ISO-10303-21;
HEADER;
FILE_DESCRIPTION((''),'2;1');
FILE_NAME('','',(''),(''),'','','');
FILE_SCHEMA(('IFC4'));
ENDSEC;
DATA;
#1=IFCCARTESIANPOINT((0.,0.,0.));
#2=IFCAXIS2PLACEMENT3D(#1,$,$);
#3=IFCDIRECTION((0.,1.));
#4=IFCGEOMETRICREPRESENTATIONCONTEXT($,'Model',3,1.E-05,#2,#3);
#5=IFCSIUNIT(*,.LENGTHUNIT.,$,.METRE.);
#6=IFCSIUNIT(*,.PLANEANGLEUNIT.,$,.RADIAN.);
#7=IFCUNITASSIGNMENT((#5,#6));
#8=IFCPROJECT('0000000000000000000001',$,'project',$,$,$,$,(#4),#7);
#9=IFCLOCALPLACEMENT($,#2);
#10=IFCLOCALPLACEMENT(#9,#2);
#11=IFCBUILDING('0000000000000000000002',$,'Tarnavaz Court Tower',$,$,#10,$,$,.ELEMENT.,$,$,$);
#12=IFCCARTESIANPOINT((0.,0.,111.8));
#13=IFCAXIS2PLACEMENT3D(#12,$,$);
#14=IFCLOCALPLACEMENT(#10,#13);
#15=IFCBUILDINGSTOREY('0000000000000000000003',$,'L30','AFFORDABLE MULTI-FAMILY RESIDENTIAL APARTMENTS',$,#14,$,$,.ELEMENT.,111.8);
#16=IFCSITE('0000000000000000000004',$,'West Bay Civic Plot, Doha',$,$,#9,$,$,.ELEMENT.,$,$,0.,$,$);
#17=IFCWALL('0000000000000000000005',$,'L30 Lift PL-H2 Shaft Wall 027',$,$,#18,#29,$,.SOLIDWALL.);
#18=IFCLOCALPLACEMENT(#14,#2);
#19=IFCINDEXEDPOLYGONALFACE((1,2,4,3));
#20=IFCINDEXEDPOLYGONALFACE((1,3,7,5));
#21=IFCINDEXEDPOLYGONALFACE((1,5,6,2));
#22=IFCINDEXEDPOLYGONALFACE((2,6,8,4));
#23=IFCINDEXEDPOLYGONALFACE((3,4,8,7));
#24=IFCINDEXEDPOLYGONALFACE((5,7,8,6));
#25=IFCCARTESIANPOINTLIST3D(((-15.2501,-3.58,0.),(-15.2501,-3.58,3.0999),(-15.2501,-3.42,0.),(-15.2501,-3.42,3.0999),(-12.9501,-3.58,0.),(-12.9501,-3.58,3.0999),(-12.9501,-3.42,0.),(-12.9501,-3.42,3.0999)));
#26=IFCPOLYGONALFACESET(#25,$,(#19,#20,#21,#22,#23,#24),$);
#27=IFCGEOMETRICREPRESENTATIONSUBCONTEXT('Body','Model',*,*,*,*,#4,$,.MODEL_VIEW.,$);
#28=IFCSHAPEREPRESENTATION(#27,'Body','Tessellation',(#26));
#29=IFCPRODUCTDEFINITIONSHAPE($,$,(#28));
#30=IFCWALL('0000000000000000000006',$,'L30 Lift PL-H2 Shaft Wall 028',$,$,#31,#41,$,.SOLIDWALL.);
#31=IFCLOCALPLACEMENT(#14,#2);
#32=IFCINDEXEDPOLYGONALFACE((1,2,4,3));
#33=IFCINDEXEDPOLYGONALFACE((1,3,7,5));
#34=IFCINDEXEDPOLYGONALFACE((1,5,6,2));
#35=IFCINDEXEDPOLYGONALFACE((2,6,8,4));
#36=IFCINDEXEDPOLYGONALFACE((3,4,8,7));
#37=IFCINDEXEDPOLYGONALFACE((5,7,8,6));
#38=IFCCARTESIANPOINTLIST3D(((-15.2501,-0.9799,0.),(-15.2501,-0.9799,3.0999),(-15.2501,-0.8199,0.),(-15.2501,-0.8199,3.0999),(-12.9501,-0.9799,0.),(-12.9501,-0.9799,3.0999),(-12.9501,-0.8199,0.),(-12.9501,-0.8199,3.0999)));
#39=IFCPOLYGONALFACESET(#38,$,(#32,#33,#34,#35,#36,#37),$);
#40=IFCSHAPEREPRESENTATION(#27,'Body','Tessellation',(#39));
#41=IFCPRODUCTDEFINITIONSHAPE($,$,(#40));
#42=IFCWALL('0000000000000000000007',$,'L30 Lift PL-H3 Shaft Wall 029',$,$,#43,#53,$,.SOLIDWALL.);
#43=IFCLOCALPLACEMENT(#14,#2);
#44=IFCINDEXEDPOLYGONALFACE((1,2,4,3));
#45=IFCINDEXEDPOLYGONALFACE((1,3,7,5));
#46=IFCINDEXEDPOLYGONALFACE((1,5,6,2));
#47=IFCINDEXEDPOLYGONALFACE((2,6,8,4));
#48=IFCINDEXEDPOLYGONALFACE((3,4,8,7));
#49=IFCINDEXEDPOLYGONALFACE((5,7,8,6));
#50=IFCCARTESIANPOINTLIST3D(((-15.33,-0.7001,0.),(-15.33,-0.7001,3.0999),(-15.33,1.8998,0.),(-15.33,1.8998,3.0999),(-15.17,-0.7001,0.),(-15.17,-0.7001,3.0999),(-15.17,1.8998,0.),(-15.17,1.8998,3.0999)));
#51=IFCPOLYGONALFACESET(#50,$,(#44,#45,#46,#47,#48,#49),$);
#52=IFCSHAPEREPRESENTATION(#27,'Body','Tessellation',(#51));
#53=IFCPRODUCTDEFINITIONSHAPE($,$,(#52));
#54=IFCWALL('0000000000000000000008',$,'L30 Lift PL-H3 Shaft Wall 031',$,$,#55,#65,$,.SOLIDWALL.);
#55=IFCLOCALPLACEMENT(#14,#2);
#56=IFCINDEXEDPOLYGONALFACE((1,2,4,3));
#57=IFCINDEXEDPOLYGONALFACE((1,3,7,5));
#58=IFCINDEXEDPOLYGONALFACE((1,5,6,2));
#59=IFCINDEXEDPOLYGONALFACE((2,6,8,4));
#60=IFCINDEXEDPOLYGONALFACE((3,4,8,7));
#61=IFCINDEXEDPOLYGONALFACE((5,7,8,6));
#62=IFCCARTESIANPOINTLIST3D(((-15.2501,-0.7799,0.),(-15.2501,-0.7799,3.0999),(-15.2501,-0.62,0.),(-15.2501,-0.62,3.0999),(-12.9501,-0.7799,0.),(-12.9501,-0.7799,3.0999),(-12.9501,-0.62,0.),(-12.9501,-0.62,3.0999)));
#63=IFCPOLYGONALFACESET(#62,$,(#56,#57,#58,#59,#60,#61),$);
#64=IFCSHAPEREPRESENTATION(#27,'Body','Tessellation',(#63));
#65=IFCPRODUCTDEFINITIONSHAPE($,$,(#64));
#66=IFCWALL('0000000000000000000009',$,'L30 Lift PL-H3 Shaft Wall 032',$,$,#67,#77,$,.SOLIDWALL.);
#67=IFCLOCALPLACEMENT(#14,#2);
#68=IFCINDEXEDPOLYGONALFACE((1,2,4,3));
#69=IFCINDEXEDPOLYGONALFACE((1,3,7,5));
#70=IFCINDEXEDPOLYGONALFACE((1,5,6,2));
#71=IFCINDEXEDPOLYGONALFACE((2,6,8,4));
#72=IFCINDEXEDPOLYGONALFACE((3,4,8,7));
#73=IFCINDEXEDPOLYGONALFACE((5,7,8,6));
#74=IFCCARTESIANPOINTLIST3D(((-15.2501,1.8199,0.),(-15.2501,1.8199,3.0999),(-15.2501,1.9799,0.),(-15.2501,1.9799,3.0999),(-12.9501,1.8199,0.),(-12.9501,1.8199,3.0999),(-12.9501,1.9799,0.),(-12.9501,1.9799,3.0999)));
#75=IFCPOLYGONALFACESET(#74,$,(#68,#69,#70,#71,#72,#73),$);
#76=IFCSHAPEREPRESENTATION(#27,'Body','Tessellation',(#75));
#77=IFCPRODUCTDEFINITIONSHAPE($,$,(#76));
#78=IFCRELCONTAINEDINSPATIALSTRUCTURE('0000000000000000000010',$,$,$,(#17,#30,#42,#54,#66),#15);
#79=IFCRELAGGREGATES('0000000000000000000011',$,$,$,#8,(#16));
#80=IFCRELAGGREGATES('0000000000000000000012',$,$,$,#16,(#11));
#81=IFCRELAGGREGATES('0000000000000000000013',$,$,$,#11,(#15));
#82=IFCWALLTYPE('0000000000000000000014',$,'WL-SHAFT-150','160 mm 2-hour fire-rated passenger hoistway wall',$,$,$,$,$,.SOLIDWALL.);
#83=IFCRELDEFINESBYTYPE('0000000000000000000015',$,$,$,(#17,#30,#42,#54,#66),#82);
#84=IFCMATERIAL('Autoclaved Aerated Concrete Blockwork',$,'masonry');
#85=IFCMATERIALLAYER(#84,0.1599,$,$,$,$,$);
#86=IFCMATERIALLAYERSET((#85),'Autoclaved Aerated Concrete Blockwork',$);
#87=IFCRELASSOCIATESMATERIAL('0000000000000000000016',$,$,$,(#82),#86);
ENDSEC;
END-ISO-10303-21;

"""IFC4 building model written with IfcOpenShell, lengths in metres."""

from ifc_helpers import new_model, si_unit, direction, frame, frame_2d, origin, place, context, subcontext, project, spatial, rectangle, extrude, material, layer, layer_set, type_object, element, save


model = new_model("IFC4")

# Units and contexts
model_context = context("Model", 3, precision=1e-05, world=origin(), true_north=direction((0.0, 1.0)))
body_context = subcontext(model_context, "Body", "Model", "MODEL_VIEW")
ifc_project = project(units=[si_unit("LENGTHUNIT", "METRE"), si_unit("PLANEANGLEUNIT", "RADIAN")], contexts=[model_context])

# Site, building, storey
site_placement = place(None, origin())
site = spatial("IfcSite", under=ifc_project, at=site_placement, Name="West Bay Civic Plot, Doha", CompositionType="ELEMENT", RefElevation=0.0)
building_placement = place(site_placement, origin())
building = spatial("IfcBuilding", under=site, at=building_placement, Name="Tarnavaz Court Tower", CompositionType="ELEMENT")
storey_placement = place(building_placement, frame((0.0, 0.0, 111.8)))
storey = spatial("IfcBuildingStorey", under=building, at=storey_placement, Name="L30", Description="AFFORDABLE MULTI-FAMILY RESIDENTIAL APARTMENTS", CompositionType="ELEMENT", Elevation=111.8)

# Walls
ifc_material_1 = material(Name="Autoclaved Aerated Concrete Blockwork", Category="masonry")
ifc_layer_1 = layer(ifc_material_1, 0.1599)
ifc_layer_set_1 = layer_set([ifc_layer_1], Name="Autoclaved Aerated Concrete Blockwork")
wall_type_1 = type_object("IfcWallType", Name="WL-SHAFT-150", Description="160 mm 2-hour fire-rated passenger hoistway wall", PredefinedType="SOLIDWALL", material=ifc_layer_set_1)
for number, where, z_axis, x_axis, name in (
    (1, (-15.25, -3.5, 0.0), (0.0, 0.0, 1.0), (1.0, 0.0, 0.0), "L30 Lift PL-H2 Shaft Wall 027"),
    (2, (-15.25, -0.8999, 0.0), (0.0, 0.0, 1.0), (1.0, 0.0, 0.0), "L30 Lift PL-H2 Shaft Wall 028"),
):
    element("IfcWall", number, at=place(storey_placement, frame(where, z_axis=z_axis, x_axis=x_axis)), inside=storey, type_object=wall_type_1, Name=name, PredefinedType="SOLIDWALL", context=body_context, shape_type="SweptSolid", body=[
        extrude(rectangle(XDim=2.3, YDim=0.1599, at=frame_2d((1.1499, 0.0))), origin(), (0.0, 0.0, 1.0), 3.0999),
    ])
wall_1_placement = place(storey_placement, frame((-15.25, -0.7, 0.0), z_axis=(0.0, 0.0, 1.0), x_axis=(0.0, 1.0, 0.0)))
element("IfcWall", 3, at=wall_1_placement, inside=storey, type_object=wall_type_1, Name="L30 Lift PL-H3 Shaft Wall 029", PredefinedType="SOLIDWALL", context=body_context, shape_type="SweptSolid", body=[
    extrude(rectangle(XDim=2.5999, YDim=0.1599, at=frame_2d((1.2998, 0.0))), origin(), (0.0, 0.0, 1.0), 3.0999),
])
for number, where, z_axis, x_axis, name in (
    (4, (-15.25, -0.7, 0.0), (0.0, 0.0, 1.0), (1.0, 0.0, 0.0), "L30 Lift PL-H3 Shaft Wall 031"),
    (5, (-15.25, 1.8999, 0.0), (0.0, 0.0, 1.0), (1.0, 0.0, 0.0), "L30 Lift PL-H3 Shaft Wall 032"),
):
    element("IfcWall", number, at=place(storey_placement, frame(where, z_axis=z_axis, x_axis=x_axis)), inside=storey, type_object=wall_type_1, Name=name, PredefinedType="SOLIDWALL", context=body_context, shape_type="SweptSolid", body=[
        extrude(rectangle(XDim=2.3, YDim=0.1599, at=frame_2d((1.1499, 0.0))), origin(), (0.0, 0.0, 1.0), 3.0999),
    ])

save(model, "model.ifc")
